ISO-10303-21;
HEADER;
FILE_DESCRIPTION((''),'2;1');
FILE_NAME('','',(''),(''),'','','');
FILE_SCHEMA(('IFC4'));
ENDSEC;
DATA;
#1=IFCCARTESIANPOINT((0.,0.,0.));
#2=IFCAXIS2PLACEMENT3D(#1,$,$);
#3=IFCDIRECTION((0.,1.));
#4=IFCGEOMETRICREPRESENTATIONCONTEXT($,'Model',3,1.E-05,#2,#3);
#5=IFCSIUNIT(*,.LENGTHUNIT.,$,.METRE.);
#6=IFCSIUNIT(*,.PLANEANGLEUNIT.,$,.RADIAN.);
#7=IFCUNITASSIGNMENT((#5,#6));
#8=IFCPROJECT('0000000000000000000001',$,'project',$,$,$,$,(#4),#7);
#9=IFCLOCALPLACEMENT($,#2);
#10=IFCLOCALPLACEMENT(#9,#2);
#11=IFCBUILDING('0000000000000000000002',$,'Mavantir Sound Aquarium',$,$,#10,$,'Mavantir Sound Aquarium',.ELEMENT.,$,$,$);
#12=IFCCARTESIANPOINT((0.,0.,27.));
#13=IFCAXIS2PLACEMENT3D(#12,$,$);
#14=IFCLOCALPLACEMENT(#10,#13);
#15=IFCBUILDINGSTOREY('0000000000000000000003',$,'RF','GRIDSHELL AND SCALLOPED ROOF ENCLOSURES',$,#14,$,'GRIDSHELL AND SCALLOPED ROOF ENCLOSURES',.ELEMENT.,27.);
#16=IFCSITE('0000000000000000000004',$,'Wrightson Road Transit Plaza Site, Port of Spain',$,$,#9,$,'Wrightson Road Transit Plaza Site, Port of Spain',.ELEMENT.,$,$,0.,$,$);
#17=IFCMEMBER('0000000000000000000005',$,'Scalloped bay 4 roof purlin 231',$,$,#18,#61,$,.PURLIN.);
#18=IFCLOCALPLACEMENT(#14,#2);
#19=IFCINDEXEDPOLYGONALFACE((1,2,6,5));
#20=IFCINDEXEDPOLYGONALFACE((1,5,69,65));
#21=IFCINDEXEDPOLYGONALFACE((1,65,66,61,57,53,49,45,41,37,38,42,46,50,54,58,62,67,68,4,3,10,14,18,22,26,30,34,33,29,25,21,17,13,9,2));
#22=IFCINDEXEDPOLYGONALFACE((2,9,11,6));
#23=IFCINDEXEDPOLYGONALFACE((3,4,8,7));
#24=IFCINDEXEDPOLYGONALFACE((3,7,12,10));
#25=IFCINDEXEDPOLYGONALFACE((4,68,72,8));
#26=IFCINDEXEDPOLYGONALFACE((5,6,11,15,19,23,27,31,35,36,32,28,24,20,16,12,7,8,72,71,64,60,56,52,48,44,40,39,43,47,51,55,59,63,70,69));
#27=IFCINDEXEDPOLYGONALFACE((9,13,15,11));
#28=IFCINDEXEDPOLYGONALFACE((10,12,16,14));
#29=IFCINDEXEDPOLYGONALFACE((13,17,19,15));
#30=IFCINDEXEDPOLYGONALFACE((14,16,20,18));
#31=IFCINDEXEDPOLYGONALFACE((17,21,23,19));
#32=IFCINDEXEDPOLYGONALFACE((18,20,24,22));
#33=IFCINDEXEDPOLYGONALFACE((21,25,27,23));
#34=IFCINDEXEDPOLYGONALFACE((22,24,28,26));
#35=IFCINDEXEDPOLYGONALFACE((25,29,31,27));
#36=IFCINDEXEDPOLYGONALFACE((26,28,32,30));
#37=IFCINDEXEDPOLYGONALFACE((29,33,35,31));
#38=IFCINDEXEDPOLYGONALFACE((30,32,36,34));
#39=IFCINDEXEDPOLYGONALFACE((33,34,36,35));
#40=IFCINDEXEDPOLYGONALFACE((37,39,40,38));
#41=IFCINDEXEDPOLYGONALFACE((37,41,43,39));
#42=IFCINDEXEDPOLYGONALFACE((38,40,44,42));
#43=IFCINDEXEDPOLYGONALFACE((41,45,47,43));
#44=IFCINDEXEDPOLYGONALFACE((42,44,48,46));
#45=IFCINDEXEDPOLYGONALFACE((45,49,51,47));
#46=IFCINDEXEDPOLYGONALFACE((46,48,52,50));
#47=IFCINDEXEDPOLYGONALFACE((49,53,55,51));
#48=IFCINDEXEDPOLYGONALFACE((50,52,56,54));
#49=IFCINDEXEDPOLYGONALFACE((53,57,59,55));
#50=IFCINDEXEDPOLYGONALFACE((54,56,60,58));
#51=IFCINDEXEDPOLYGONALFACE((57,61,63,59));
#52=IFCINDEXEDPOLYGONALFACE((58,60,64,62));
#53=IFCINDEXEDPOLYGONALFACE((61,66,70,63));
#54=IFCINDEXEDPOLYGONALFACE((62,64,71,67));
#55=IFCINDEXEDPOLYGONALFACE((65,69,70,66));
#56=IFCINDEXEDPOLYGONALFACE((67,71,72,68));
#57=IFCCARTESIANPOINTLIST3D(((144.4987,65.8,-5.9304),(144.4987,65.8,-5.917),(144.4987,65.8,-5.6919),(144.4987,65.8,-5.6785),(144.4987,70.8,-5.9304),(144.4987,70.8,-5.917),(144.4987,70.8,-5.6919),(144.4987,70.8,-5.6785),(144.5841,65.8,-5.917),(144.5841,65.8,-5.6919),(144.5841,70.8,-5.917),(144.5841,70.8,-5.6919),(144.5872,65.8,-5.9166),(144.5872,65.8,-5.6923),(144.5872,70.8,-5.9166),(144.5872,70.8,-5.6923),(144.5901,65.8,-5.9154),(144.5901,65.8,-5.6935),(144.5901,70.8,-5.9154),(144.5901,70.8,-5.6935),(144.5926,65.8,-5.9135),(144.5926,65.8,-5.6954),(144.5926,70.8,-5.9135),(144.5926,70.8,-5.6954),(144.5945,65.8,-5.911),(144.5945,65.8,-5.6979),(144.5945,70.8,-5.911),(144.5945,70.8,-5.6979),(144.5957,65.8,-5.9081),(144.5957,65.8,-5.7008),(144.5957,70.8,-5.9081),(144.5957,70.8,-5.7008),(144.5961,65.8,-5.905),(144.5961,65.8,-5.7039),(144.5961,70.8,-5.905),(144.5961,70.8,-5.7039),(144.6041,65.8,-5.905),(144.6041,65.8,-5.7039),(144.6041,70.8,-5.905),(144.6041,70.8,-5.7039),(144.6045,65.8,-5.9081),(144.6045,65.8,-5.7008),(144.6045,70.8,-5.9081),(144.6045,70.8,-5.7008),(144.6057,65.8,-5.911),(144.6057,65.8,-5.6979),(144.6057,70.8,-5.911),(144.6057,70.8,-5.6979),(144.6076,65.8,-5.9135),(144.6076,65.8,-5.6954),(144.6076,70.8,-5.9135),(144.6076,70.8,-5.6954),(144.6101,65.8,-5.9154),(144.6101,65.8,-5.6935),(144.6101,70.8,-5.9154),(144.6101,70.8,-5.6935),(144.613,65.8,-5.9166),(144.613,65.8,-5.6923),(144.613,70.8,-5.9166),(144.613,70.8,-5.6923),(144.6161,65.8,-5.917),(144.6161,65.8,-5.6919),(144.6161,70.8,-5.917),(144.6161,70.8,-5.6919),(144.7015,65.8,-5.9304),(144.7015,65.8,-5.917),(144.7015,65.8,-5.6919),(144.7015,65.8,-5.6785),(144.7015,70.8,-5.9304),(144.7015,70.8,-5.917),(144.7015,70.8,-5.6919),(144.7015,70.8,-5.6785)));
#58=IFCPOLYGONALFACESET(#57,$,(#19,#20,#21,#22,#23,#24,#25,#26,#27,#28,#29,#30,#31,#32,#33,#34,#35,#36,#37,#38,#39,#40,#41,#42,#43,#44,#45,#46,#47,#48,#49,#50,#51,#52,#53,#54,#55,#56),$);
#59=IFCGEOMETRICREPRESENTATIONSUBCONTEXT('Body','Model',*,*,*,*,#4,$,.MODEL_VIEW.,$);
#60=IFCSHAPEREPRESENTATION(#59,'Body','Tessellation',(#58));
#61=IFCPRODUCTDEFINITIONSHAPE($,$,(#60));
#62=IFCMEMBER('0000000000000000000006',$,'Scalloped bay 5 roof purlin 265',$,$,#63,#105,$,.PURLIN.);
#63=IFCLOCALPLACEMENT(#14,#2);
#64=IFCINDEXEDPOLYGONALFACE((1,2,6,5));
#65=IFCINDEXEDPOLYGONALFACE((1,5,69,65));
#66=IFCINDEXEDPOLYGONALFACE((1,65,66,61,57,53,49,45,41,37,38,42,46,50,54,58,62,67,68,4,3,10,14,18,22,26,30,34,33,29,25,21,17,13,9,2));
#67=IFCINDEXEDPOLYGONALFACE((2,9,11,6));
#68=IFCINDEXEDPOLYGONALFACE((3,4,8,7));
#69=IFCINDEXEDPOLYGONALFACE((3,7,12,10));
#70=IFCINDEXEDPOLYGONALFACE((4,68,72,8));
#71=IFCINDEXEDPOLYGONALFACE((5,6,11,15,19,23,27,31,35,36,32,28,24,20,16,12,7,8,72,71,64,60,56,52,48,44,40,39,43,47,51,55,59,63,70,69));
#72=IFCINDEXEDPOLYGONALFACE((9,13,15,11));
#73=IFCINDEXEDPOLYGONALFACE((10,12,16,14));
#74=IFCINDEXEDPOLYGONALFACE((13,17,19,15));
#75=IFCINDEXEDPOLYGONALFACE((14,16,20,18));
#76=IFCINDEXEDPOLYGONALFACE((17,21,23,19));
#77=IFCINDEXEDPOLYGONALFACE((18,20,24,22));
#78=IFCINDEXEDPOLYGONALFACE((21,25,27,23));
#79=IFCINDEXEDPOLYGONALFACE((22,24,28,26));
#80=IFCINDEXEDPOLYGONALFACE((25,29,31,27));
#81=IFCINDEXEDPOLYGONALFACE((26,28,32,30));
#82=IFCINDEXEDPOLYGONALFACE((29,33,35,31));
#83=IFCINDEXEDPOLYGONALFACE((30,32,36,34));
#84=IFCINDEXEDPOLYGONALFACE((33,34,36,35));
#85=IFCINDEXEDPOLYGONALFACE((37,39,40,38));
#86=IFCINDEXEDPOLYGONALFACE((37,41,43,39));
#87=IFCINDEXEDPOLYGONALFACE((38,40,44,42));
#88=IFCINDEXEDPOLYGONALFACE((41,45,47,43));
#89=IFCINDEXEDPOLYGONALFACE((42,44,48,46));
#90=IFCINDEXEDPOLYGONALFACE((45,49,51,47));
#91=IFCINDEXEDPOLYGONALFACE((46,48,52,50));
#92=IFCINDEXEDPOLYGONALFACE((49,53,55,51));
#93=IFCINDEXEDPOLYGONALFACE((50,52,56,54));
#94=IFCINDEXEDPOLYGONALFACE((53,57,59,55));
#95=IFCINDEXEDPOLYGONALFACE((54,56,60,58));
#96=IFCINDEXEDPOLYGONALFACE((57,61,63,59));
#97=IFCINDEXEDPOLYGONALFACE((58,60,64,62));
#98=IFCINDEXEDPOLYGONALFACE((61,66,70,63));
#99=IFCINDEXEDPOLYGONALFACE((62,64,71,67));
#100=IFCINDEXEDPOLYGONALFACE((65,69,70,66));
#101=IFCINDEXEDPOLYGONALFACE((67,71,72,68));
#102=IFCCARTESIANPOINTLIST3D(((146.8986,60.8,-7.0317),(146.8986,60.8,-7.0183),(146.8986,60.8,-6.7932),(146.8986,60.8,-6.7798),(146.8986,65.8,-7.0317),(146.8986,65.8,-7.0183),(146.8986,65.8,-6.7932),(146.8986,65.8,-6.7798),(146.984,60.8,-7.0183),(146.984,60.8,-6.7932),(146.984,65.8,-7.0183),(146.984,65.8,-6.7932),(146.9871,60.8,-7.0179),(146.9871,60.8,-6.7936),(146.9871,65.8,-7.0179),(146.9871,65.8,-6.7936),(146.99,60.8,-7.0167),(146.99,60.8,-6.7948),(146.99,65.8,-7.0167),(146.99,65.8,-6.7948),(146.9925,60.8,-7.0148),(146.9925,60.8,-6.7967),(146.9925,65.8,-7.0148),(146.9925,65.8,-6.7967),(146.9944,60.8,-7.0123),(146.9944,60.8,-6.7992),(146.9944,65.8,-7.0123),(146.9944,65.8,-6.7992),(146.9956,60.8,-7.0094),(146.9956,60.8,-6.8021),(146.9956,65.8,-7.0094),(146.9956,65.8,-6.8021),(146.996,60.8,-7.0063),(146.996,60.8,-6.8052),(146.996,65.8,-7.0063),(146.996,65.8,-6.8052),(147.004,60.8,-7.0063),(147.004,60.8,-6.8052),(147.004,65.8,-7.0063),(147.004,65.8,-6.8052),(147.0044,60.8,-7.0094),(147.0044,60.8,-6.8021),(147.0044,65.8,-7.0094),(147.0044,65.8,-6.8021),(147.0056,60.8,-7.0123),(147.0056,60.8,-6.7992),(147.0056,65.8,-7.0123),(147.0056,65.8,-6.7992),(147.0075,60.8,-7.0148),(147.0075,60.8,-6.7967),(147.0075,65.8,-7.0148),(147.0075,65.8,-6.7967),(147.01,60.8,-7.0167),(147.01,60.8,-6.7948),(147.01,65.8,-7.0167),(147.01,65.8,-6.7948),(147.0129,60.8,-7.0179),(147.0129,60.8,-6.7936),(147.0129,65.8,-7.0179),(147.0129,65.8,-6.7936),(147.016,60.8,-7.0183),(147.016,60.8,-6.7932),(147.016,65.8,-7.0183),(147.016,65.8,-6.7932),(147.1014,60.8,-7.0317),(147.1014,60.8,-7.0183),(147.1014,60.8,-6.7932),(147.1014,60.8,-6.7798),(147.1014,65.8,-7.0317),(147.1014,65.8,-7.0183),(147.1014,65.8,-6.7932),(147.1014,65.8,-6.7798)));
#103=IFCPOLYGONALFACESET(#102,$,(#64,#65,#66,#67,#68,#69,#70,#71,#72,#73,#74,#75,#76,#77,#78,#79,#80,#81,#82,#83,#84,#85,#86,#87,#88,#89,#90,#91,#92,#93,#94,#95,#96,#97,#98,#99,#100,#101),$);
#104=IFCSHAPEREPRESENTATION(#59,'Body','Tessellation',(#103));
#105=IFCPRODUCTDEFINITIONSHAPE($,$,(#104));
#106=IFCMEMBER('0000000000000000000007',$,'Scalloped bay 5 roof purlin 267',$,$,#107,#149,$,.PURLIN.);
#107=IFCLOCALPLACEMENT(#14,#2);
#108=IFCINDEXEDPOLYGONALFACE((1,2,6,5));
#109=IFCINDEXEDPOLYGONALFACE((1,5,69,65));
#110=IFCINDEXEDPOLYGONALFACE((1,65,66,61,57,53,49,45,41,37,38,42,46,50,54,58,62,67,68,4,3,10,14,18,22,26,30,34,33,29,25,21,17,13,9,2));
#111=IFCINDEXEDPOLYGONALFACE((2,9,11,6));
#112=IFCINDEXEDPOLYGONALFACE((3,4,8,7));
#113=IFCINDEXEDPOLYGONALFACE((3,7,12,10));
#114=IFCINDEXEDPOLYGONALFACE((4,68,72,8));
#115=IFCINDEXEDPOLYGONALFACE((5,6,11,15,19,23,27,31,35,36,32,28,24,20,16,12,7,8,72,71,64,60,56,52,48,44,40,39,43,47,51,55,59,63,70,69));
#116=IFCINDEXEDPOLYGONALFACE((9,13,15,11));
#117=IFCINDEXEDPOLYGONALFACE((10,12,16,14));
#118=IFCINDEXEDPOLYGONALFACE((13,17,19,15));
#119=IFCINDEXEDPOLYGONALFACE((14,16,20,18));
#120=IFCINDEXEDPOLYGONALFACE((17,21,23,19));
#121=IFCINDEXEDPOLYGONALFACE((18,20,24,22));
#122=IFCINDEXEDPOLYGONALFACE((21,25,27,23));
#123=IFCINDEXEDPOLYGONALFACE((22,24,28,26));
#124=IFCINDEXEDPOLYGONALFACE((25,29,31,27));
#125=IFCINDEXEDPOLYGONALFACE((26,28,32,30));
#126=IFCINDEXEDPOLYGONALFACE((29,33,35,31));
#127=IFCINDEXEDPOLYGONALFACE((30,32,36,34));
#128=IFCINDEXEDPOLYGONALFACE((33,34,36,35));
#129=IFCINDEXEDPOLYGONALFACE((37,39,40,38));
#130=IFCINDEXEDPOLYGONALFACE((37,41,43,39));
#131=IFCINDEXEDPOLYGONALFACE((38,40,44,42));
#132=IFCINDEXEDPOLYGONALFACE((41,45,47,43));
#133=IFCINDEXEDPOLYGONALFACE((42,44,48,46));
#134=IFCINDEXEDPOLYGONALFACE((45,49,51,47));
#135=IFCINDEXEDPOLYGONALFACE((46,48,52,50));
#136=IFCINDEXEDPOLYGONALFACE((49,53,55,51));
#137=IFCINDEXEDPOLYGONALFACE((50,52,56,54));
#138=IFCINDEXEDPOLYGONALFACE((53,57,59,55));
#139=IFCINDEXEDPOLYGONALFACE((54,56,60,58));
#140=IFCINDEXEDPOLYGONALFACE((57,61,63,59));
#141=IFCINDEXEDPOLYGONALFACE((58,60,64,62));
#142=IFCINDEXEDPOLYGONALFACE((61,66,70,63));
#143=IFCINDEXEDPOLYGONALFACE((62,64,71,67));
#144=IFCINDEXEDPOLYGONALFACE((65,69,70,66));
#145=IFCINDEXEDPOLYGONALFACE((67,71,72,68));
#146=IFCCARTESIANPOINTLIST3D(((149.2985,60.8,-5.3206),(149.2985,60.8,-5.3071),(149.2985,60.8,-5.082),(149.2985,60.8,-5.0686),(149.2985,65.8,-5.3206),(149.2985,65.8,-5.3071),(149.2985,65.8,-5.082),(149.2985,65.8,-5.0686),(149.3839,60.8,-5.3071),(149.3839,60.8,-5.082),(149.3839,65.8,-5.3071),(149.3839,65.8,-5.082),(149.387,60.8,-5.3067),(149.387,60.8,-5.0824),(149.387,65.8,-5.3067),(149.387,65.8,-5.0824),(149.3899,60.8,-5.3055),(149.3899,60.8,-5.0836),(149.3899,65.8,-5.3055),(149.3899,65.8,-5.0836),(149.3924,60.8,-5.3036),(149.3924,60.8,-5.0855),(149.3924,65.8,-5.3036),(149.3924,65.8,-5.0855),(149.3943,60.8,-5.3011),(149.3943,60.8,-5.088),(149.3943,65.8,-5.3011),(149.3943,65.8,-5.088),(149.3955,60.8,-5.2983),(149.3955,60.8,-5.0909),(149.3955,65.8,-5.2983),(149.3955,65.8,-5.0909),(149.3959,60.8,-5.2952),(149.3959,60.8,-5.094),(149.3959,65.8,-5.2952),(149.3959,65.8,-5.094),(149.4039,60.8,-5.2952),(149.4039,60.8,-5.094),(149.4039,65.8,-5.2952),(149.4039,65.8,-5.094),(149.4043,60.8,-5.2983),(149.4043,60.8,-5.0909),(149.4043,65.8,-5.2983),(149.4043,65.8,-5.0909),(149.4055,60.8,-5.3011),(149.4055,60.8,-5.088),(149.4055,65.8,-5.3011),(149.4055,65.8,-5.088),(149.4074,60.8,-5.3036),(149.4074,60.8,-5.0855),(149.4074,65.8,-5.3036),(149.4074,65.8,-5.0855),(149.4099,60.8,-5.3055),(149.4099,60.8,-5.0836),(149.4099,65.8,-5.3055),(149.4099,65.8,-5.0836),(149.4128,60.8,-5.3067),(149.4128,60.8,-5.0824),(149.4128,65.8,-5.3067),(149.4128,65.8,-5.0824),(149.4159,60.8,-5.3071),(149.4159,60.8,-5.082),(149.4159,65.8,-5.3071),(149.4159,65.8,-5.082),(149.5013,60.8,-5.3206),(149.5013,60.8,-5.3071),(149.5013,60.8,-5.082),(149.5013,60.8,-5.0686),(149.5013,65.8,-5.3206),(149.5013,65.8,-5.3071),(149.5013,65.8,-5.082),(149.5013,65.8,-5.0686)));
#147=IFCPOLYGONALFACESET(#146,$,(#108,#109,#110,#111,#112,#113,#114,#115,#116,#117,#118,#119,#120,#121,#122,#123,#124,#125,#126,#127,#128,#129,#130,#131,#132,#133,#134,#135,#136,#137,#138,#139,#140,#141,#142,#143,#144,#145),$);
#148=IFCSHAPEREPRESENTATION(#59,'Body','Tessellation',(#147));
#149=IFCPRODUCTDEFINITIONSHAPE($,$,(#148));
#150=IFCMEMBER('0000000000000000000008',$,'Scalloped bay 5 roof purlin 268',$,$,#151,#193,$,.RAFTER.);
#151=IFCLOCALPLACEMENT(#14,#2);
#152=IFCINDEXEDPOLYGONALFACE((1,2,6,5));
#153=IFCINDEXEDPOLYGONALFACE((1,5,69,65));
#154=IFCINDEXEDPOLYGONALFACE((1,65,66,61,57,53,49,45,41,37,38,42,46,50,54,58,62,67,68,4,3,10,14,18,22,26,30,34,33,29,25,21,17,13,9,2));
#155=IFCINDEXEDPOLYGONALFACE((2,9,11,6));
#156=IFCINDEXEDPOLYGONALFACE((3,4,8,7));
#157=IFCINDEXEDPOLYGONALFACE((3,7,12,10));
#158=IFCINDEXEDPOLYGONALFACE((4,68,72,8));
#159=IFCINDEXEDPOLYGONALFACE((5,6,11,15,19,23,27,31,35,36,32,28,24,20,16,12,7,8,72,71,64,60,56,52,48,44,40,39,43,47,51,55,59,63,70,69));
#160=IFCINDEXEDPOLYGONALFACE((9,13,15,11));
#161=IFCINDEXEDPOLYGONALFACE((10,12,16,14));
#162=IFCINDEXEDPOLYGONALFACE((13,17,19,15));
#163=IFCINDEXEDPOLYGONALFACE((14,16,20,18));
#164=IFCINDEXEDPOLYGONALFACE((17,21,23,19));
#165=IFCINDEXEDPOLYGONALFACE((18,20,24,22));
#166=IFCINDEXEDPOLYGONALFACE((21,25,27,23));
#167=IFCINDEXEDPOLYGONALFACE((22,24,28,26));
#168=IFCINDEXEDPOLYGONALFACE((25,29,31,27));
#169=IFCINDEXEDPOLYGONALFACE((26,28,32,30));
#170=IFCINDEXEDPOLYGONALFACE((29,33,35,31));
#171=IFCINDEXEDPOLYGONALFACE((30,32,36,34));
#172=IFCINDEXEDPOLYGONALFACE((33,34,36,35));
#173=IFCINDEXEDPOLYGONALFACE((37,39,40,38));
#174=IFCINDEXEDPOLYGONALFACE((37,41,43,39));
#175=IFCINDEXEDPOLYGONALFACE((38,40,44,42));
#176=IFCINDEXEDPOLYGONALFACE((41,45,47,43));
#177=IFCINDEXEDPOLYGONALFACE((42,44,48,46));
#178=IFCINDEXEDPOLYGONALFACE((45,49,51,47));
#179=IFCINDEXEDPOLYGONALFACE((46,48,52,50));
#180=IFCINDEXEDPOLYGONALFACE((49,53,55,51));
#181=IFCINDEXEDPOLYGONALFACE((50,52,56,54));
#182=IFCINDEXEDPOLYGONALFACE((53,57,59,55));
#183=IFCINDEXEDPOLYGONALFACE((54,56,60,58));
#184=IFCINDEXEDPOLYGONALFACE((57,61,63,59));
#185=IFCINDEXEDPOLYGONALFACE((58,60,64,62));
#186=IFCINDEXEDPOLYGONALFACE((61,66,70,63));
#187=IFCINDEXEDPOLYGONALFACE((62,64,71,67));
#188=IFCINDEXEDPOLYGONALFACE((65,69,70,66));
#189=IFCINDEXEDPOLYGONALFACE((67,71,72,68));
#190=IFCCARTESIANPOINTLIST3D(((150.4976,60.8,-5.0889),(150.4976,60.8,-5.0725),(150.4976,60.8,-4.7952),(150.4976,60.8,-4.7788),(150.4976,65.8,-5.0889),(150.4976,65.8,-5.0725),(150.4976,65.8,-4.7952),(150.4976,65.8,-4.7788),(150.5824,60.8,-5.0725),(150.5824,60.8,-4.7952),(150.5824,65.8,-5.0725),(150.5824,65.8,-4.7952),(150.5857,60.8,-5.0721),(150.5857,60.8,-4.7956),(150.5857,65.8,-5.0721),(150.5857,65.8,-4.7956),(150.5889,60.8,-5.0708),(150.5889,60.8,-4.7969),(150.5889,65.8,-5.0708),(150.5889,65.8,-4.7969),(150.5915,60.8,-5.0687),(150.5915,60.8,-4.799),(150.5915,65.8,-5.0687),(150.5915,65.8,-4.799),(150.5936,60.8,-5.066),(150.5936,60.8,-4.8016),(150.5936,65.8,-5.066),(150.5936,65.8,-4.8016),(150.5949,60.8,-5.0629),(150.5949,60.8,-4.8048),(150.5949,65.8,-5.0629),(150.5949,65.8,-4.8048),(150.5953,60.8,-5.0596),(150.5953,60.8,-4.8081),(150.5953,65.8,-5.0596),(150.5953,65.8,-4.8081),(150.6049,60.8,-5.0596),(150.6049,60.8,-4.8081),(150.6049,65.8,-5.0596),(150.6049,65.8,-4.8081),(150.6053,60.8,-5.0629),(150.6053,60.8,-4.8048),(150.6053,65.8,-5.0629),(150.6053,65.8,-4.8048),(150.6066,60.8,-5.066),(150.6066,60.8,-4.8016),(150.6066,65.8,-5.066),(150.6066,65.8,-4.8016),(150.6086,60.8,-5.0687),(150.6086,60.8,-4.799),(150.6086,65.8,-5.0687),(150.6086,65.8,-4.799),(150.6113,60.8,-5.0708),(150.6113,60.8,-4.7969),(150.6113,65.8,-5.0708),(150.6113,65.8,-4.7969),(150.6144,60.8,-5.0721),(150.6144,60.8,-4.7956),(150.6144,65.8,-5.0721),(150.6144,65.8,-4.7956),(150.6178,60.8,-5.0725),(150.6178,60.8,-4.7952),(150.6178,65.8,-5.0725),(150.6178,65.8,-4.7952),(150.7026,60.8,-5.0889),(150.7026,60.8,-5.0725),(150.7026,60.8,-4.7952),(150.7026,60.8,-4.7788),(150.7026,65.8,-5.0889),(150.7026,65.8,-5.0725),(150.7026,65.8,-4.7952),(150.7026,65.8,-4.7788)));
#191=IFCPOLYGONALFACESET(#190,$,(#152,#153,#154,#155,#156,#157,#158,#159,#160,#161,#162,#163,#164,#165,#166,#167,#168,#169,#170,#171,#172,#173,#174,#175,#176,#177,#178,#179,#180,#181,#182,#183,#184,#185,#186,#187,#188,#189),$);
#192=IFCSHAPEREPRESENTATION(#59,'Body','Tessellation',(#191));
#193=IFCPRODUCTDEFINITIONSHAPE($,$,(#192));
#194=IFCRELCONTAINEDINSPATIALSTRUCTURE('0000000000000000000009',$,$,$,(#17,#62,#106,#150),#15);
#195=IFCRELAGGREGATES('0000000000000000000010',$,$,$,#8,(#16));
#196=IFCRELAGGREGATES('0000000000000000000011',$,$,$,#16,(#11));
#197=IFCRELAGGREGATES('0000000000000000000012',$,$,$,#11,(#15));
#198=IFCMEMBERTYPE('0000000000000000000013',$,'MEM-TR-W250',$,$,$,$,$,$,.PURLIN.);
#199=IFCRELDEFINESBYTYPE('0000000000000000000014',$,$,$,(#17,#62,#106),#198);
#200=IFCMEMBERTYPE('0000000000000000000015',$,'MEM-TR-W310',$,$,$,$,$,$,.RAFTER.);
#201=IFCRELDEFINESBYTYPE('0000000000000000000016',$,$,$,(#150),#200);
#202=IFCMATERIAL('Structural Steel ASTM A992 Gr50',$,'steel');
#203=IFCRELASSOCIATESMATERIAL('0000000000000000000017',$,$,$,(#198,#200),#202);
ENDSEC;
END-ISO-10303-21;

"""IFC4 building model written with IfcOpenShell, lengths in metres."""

from ifc_helpers import new_model, si_unit, direction, frame, origin, origin_2d, place, context, subcontext, project, spatial, i_section, extrude, material, material_profile, profile_set, type_object, element, save


model = new_model("IFC4")

# Units and contexts
model_context = context("Model", 3, precision=1e-05, world=origin(), true_north=direction((0.0, 1.0)))
body_context = subcontext(model_context, "Body", "Model", "MODEL_VIEW")
ifc_project = project(units=[si_unit("LENGTHUNIT", "METRE"), si_unit("PLANEANGLEUNIT", "RADIAN")], contexts=[model_context])

# Site, building, storey
site_placement = place(None, origin())
site = spatial("IfcSite", under=ifc_project, at=site_placement, Name="Wrightson Road Transit Plaza Site, Port of Spain", LongName="Wrightson Road Transit Plaza Site, Port of Spain", CompositionType="ELEMENT", RefElevation=0.0)
building_placement = place(site_placement, origin())
building = spatial("IfcBuilding", under=site, at=building_placement, Name="Mavantir Sound Aquarium", LongName="Mavantir Sound Aquarium", CompositionType="ELEMENT")
storey_placement = place(building_placement, frame((0.0, 0.0, 27.0)))
storey = spatial("IfcBuildingStorey", under=building, at=storey_placement, Name="RF", Description="GRIDSHELL AND SCALLOPED ROOF ENCLOSURES", LongName="GRIDSHELL AND SCALLOPED ROOF ENCLOSURES", CompositionType="ELEMENT", Elevation=27.0)

# Shared definitions
ifc_material_1 = material(Name="Structural Steel ASTM A992 Gr50", Category="steel")

# Members
ifc_material_profile_1 = material_profile(ifc_material_1, i_section(OverallWidth=0.2029, OverallDepth=0.252, WebThickness=0.0081, FlangeThickness=0.0134, FilletRadius=0.012, at=origin_2d()), Name="W250X58")
ifc_profile_set_1 = profile_set([ifc_material_profile_1], Name="Structural Steel ASTM A992 Gr50")
member_type_1 = type_object("IfcMemberType", Name="MEM-TR-W250", PredefinedType="PURLIN", material=ifc_profile_set_1)
for number, where, z_axis, x_axis, name in (
    (1, (144.6001, 65.8, -5.8044), (0.0, 1.0, 0.0), (-1.0, 0.0, 0.0), "Scalloped bay 4 roof purlin 231"),
    (2, (147.0, 60.8, -6.9058), (0.0, 1.0, 0.0), (-1.0, 0.0, 0.0), "Scalloped bay 5 roof purlin 265"),
    (3, (149.3999, 60.8, -5.1946), (0.0, 1.0, 0.0), (-1.0, 0.0, 0.0), "Scalloped bay 5 roof purlin 267"),
):
    element("IfcMember", number, at=place(storey_placement, frame(where, z_axis=z_axis, x_axis=x_axis)), inside=storey, type_object=member_type_1, Name=name, PredefinedType="PURLIN", context=body_context, shape_type="SweptSolid", body=[
        extrude(i_section(OverallWidth=0.2029, OverallDepth=0.252, WebThickness=0.0081, FlangeThickness=0.0134, FilletRadius=0.012, at=origin_2d()), origin(), (0.0, 0.0, 1.0), 5.0),
    ])
ifc_material_profile_2 = material_profile(ifc_material_1, i_section(OverallWidth=0.2051, OverallDepth=0.3101, WebThickness=0.0095, FlangeThickness=0.0164, FilletRadius=0.0129, at=origin_2d()), Name="W310X74")
ifc_profile_set_2 = profile_set([ifc_material_profile_2], Name="Structural Steel ASTM A992 Gr50")
member_type_2 = type_object("IfcMemberType", Name="MEM-TR-W310", PredefinedType="RAFTER", material=ifc_profile_set_2)
member_1_placement = place(storey_placement, frame((150.6001, 60.8, -4.9338), z_axis=(0.0, 1.0, 0.0), x_axis=(-1.0, 0.0, 0.0)))
element("IfcMember", 4, at=member_1_placement, inside=storey, type_object=member_type_2, Name="Scalloped bay 5 roof purlin 268", PredefinedType="RAFTER", context=body_context, shape_type="SweptSolid", body=[
    extrude(i_section(OverallWidth=0.2051, OverallDepth=0.3101, WebThickness=0.0095, FlangeThickness=0.0164, FilletRadius=0.0129, at=origin_2d()), origin(), (0.0, 0.0, 1.0), 5.0),
])

save(model, "model.ifc")
